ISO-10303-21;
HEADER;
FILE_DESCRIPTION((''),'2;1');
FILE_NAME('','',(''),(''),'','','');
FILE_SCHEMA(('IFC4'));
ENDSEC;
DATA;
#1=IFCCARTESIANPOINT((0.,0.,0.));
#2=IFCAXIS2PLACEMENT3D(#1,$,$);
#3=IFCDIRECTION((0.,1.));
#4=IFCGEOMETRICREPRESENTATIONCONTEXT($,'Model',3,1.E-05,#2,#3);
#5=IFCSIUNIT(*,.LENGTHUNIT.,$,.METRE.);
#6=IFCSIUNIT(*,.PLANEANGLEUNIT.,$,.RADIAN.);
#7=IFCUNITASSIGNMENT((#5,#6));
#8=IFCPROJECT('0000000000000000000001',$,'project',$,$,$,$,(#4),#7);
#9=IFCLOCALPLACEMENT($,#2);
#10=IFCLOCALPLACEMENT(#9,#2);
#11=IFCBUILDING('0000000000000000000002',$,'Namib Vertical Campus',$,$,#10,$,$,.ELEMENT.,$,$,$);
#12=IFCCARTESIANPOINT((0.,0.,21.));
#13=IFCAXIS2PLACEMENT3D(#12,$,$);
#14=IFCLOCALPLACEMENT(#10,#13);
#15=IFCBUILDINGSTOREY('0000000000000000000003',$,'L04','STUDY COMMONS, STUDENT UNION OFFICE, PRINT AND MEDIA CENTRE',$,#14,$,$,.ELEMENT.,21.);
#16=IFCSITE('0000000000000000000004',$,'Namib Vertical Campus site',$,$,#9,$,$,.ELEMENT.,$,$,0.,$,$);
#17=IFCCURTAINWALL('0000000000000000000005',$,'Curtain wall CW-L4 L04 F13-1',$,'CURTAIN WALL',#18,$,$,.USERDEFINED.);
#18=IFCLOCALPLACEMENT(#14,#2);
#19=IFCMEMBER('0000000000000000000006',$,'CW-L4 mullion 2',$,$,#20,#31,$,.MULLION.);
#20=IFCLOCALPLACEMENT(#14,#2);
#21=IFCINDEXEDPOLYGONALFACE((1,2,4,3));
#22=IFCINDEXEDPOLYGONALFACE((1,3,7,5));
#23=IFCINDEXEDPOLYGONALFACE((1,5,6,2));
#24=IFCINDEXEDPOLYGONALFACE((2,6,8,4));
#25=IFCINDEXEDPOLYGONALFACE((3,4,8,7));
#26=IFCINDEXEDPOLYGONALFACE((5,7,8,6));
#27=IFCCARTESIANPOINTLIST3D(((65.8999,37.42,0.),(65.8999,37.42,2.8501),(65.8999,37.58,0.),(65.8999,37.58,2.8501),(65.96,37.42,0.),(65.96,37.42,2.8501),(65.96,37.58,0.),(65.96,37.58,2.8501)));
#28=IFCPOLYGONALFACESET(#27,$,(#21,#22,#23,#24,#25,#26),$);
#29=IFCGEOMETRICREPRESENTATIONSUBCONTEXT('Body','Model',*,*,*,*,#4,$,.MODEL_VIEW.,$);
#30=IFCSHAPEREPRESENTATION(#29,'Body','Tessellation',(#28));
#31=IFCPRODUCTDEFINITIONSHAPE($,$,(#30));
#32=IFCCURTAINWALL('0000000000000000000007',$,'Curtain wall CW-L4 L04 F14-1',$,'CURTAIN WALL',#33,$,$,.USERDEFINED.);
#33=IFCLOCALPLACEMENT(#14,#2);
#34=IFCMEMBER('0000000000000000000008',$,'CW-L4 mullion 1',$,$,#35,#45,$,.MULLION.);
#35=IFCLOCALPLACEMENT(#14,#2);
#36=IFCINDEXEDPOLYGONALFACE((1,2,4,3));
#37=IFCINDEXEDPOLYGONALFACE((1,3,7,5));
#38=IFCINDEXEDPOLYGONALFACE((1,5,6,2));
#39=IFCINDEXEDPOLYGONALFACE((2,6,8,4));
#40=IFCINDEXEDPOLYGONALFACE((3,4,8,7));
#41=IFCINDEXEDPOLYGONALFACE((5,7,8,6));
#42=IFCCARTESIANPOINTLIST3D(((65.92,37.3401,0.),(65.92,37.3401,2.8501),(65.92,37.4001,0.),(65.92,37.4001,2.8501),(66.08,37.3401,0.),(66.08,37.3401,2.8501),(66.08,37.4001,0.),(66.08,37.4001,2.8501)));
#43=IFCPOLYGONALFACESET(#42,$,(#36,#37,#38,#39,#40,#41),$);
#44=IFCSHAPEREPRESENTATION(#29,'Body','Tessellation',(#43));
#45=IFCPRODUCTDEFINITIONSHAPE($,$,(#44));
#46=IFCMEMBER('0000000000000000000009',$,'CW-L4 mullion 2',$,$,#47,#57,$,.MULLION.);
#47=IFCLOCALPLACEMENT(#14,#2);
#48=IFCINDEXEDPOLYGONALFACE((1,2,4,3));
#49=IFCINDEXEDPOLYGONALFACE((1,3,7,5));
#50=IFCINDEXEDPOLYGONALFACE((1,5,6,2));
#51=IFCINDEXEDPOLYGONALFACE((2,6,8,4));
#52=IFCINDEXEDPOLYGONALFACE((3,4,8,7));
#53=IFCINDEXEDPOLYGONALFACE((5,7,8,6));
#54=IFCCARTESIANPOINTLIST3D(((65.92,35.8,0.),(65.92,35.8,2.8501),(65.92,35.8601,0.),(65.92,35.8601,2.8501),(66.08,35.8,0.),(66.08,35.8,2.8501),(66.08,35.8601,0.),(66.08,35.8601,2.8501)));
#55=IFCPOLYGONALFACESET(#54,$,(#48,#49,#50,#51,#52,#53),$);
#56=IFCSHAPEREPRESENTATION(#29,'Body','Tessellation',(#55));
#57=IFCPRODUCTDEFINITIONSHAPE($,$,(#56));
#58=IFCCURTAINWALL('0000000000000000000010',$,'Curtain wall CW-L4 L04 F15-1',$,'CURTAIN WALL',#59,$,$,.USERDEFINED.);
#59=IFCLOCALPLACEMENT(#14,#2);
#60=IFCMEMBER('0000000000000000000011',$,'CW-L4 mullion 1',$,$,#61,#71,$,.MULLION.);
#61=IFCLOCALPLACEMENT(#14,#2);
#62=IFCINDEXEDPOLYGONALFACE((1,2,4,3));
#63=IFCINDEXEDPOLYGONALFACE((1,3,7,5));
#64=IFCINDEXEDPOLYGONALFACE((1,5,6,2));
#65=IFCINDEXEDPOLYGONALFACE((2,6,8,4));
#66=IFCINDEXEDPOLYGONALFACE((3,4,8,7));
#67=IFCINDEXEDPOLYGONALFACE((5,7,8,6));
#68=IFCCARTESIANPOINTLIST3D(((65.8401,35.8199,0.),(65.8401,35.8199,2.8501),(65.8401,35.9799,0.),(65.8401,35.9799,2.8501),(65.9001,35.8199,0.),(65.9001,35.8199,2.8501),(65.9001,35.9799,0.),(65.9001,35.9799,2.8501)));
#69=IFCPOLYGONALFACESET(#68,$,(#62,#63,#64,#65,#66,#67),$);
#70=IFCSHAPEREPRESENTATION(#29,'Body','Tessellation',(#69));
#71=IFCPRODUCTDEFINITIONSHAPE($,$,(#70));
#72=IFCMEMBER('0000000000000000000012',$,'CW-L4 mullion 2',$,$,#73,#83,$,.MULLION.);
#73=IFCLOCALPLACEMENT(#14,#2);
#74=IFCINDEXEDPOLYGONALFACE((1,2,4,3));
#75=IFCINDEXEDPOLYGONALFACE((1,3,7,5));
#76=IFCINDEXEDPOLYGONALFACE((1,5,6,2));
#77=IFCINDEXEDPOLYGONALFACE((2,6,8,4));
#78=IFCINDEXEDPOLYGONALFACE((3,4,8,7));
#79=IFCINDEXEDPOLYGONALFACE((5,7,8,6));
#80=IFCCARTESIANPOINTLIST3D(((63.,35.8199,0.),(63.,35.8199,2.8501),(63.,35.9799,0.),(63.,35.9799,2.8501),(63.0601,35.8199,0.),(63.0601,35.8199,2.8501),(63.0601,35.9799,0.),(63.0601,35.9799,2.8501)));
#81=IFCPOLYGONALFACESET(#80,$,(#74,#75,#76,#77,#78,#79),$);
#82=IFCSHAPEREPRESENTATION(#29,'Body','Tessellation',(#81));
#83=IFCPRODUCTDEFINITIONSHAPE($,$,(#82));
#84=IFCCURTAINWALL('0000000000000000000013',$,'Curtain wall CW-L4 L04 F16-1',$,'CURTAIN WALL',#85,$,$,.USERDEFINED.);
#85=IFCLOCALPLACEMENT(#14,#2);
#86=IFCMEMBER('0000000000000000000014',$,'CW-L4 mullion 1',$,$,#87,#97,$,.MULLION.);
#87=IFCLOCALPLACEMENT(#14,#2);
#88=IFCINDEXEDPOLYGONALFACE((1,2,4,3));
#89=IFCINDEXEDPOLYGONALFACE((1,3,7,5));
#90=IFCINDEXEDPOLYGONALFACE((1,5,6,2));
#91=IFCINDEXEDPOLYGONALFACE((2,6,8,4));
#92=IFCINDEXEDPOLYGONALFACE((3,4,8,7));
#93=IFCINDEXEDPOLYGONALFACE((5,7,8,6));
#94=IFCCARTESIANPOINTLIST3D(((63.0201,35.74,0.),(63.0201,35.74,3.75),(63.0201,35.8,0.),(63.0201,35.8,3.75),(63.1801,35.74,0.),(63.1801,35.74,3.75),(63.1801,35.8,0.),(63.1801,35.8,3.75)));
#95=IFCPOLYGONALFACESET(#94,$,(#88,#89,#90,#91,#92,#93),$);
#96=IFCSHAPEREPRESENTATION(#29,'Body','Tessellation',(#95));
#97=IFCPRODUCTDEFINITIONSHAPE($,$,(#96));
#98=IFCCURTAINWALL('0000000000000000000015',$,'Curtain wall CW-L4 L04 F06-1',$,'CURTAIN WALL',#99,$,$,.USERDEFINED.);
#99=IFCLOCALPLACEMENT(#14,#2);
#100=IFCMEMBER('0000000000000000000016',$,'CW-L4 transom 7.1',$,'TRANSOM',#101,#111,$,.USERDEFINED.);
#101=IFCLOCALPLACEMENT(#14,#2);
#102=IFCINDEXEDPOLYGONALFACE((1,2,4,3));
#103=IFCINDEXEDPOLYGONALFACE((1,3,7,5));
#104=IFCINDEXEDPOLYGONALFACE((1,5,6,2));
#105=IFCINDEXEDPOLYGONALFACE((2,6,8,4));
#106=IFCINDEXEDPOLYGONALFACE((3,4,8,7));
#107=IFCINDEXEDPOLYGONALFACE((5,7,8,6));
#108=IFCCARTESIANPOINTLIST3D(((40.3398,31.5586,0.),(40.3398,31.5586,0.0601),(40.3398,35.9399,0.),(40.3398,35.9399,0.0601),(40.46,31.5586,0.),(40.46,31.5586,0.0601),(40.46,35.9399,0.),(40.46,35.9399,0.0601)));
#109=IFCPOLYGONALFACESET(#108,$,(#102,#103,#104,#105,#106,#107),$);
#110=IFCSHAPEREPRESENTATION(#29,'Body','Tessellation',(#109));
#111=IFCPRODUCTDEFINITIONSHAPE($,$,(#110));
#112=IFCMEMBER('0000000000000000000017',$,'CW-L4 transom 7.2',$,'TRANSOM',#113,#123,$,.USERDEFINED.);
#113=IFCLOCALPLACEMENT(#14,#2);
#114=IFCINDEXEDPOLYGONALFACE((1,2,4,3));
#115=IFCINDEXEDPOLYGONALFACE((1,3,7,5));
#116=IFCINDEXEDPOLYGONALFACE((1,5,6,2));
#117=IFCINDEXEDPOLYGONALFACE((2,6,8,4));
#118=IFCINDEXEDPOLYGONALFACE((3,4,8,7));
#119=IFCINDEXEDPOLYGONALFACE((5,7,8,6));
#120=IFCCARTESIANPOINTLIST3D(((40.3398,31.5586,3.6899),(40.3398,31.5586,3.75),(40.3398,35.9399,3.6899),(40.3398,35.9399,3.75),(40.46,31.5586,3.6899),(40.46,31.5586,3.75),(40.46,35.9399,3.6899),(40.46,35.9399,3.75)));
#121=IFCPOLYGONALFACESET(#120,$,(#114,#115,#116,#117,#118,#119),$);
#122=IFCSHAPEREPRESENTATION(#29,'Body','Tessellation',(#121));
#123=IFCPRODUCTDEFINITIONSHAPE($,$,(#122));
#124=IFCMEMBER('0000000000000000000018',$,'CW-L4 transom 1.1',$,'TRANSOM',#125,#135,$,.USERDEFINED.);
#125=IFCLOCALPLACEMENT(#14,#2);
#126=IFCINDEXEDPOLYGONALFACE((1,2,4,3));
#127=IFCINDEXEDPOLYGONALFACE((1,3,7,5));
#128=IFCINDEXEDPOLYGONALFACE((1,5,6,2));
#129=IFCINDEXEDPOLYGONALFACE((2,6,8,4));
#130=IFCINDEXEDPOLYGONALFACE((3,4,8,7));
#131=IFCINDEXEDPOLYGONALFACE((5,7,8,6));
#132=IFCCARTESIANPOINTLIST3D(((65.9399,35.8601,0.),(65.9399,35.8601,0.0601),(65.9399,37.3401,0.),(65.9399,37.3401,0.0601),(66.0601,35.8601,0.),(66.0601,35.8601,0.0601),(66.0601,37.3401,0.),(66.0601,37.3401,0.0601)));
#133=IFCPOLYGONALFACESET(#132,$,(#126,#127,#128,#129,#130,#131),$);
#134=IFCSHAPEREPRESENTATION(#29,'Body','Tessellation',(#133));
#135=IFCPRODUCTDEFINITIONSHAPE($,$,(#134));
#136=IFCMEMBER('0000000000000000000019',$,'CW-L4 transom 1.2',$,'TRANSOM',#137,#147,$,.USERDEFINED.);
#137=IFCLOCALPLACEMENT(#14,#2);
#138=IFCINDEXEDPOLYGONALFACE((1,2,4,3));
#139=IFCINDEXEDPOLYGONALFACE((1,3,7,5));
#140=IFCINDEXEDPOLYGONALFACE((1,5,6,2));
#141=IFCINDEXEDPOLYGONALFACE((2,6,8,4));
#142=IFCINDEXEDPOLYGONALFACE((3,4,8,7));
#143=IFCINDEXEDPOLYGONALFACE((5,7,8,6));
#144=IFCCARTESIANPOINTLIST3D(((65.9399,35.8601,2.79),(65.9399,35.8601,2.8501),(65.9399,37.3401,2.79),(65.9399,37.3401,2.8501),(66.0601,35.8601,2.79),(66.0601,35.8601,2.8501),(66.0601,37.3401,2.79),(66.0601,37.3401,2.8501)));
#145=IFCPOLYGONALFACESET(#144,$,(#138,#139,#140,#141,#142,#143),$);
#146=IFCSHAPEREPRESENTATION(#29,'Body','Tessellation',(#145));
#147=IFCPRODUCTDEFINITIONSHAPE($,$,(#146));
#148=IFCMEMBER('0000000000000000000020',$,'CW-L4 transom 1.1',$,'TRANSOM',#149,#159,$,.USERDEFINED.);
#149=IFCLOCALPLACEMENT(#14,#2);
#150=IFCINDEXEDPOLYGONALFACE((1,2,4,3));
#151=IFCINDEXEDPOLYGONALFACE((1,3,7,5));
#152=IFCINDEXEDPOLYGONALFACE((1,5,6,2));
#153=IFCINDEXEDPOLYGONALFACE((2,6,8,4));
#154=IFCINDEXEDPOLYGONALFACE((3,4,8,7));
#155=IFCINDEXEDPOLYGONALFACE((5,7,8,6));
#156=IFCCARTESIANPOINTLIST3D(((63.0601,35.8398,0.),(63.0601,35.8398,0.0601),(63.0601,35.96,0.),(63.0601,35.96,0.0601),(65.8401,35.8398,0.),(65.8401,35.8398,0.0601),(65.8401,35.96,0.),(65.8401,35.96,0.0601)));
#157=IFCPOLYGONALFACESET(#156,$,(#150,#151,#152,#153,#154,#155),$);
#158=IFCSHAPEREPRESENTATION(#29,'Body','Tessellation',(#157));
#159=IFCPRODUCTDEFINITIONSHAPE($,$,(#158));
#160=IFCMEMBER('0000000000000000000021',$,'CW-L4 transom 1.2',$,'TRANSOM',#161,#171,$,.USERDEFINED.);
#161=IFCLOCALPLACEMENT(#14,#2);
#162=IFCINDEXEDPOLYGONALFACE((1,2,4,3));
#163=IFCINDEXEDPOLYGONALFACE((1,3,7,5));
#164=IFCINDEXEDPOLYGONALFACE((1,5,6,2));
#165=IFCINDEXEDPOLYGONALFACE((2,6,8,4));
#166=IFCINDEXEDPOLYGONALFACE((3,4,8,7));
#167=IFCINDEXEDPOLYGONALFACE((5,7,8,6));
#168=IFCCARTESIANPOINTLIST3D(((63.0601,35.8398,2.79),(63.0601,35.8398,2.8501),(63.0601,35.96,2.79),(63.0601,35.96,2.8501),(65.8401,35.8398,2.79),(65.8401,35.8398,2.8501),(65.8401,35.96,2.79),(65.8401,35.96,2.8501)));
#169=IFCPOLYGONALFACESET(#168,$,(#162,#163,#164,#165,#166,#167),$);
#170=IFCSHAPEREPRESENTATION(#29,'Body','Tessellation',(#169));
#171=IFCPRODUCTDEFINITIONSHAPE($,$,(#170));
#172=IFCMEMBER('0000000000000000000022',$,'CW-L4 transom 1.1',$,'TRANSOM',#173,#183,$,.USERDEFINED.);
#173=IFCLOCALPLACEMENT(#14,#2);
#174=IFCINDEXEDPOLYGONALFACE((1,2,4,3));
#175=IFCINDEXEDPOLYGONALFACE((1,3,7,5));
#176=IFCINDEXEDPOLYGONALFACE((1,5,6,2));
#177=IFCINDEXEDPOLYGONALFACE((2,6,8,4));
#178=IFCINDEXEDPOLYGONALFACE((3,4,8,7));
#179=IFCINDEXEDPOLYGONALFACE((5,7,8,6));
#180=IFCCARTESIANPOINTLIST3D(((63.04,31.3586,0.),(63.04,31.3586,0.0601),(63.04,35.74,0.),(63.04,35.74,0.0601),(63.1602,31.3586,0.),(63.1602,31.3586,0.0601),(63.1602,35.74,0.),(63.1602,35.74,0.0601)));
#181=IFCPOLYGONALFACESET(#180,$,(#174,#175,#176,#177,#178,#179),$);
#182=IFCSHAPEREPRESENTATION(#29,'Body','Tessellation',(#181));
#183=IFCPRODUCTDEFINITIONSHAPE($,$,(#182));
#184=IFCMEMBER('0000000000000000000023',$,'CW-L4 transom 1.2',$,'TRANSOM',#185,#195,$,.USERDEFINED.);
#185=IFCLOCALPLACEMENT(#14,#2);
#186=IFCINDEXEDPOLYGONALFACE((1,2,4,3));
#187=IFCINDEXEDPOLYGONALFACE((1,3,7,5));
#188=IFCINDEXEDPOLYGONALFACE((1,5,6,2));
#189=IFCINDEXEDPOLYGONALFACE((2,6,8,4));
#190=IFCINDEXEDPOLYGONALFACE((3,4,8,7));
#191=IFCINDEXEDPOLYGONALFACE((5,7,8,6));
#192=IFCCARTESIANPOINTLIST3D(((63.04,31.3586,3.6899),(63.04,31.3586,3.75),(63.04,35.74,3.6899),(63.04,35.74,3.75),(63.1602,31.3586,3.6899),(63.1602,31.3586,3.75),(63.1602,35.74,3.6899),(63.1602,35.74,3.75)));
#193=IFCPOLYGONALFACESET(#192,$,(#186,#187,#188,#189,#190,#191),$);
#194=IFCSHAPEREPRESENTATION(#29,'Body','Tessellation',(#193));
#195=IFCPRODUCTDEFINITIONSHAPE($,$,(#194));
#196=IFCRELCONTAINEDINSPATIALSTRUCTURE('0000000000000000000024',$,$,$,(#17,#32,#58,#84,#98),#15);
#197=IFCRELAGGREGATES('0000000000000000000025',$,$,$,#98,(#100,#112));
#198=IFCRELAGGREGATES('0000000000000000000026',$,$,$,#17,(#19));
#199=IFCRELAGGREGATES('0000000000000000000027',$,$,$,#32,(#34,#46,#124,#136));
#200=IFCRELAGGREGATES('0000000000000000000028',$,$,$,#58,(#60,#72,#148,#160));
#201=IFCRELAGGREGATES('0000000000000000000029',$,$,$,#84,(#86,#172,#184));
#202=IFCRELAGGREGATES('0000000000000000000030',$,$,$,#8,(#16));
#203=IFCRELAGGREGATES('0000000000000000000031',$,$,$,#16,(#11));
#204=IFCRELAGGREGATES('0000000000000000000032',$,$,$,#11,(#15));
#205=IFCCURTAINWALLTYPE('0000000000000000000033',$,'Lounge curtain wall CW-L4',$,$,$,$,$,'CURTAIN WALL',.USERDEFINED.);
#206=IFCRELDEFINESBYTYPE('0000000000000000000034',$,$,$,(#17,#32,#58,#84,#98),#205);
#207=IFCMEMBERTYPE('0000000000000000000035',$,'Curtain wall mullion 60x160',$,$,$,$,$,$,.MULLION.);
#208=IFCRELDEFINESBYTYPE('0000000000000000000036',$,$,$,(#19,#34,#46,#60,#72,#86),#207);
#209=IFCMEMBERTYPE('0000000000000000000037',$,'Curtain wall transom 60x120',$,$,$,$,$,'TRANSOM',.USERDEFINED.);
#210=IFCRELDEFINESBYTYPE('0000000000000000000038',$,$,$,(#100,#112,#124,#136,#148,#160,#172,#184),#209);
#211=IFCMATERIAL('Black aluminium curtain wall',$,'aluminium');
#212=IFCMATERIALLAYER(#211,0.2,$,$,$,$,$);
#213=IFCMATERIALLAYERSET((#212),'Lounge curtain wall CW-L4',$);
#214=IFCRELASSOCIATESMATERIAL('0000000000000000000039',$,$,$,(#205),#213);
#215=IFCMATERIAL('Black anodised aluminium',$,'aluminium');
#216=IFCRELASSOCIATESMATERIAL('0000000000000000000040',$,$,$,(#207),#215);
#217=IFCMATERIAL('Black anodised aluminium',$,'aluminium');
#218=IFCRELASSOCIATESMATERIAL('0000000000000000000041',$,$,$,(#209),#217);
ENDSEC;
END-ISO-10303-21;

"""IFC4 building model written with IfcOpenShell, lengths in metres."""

from ifc_helpers import new_model, si_unit, direction, frame, origin, origin_2d, place, context, subcontext, project, spatial, rectangle, extrude, material, layer, layer_set, material_profile, profile_set, type_object, element, aggregate, save


model = new_model("IFC4")

# Units and contexts
model_context = context("Model", 3, precision=1e-05, world=origin(), true_north=direction((0.0, 1.0)))
body_context = subcontext(model_context, "Body", "Model", "MODEL_VIEW")
ifc_project = project(units=[si_unit("LENGTHUNIT", "METRE"), si_unit("PLANEANGLEUNIT", "RADIAN")], contexts=[model_context])

# Site, building, storey
site_placement = place(None, origin())
site = spatial("IfcSite", under=ifc_project, at=site_placement, Name="Namib Vertical Campus site", CompositionType="ELEMENT", RefElevation=0.0)
building_placement = place(site_placement, origin())
building = spatial("IfcBuilding", under=site, at=building_placement, Name="Namib Vertical Campus", CompositionType="ELEMENT")
storey_placement = place(building_placement, frame((0.0, 0.0, 21.0)))
storey = spatial("IfcBuildingStorey", under=building, at=storey_placement, Name="L04", Description="STUDY COMMONS, STUDENT UNION OFFICE, PRINT AND MEDIA CENTRE", CompositionType="ELEMENT", Elevation=21.0)

# Curtain wall, member
ifc_material_1 = material(Name="Black aluminium curtain wall", Category="aluminium")
ifc_layer_1 = layer(ifc_material_1, 0.2)
ifc_layer_set_1 = layer_set([ifc_layer_1], Name="Lounge curtain wall CW-L4")
curtain_wall_type = type_object("IfcCurtainWallType", Name="Lounge curtain wall CW-L4", ElementType="CURTAIN WALL", PredefinedType="USERDEFINED", material=ifc_layer_set_1)
curtain_wall_1_placement = place(storey_placement, origin())
curtain_wall_1 = element("IfcCurtainWall", 1, at=curtain_wall_1_placement, inside=storey, type_object=curtain_wall_type, Name="Curtain wall CW-L4 L04 F13-1", ObjectType="CURTAIN WALL", PredefinedType="USERDEFINED")
ifc_material_2 = material(Name="Black anodised aluminium", Category="aluminium")
ifc_material_profile_1 = material_profile(ifc_material_2, rectangle(XDim=0.0601, YDim=0.1599, at=origin_2d()))
ifc_profile_set_1 = profile_set([ifc_material_profile_1], Name="Black anodised aluminium")
member_type_1 = type_object("IfcMemberType", Name="Curtain wall mullion 60x160", PredefinedType="MULLION", material=ifc_profile_set_1)
member_1_placement = place(storey_placement, frame((65.9299, 37.5, 0.0), z_axis=(0.0, 0.0, 1.0), x_axis=(-1.0, 0.0, 0.0)))
member_1 = element("IfcMember", 2, at=member_1_placement, type_object=member_type_1, Name="CW-L4 mullion 2", PredefinedType="MULLION", context=body_context, shape_type="SweptSolid", body=[
    extrude(rectangle(XDim=0.0601, YDim=0.1599, at=origin_2d()), origin(), (0.0, 0.0, 1.0), 2.8501),
])

# Curtain walls, members
curtain_wall_2_placement = place(storey_placement, origin())
curtain_wall_2 = element("IfcCurtainWall", 3, at=curtain_wall_2_placement, inside=storey, type_object=curtain_wall_type, Name="Curtain wall CW-L4 L04 F14-1", ObjectType="CURTAIN WALL", PredefinedType="USERDEFINED")
member_2_placement = place(storey_placement, frame((66.0, 37.3701, 0.0), z_axis=(0.0, 0.0, 1.0), x_axis=(0.0, -1.0, 0.0)))
member_2 = element("IfcMember", 4, at=member_2_placement, type_object=member_type_1, Name="CW-L4 mullion 1", PredefinedType="MULLION", context=body_context, shape_type="SweptSolid", body=[
    extrude(rectangle(XDim=0.0601, YDim=0.1599, at=origin_2d()), origin(), (0.0, 0.0, 1.0), 2.8501),
])
member_3_placement = place(storey_placement, frame((66.0, 35.8301, 0.0), z_axis=(0.0, 0.0, 1.0), x_axis=(0.0, -1.0, 0.0)))
member_3 = element("IfcMember", 5, at=member_3_placement, type_object=member_type_1, Name="CW-L4 mullion 2", PredefinedType="MULLION", context=body_context, shape_type="SweptSolid", body=[
    extrude(rectangle(XDim=0.0601, YDim=0.1599, at=origin_2d()), origin(), (0.0, 0.0, 1.0), 2.8501),
])
curtain_wall_3_placement = place(storey_placement, origin())
curtain_wall_3 = element("IfcCurtainWall", 6, at=curtain_wall_3_placement, inside=storey, type_object=curtain_wall_type, Name="Curtain wall CW-L4 L04 F15-1", ObjectType="CURTAIN WALL", PredefinedType="USERDEFINED")
member_4_placement = place(storey_placement, frame((65.8701, 35.8999, 0.0), z_axis=(0.0, 0.0, 1.0), x_axis=(-1.0, 0.0, 0.0)))
member_4 = element("IfcMember", 7, at=member_4_placement, type_object=member_type_1, Name="CW-L4 mullion 1", PredefinedType="MULLION", context=body_context, shape_type="SweptSolid", body=[
    extrude(rectangle(XDim=0.0601, YDim=0.1599, at=origin_2d()), origin(), (0.0, 0.0, 1.0), 2.8501),
])
member_5_placement = place(storey_placement, frame((63.03, 35.8999, 0.0), z_axis=(0.0, 0.0, 1.0), x_axis=(-1.0, 0.0, 0.0)))
member_5 = element("IfcMember", 8, at=member_5_placement, type_object=member_type_1, Name="CW-L4 mullion 2", PredefinedType="MULLION", context=body_context, shape_type="SweptSolid", body=[
    extrude(rectangle(XDim=0.0601, YDim=0.1599, at=origin_2d()), origin(), (0.0, 0.0, 1.0), 2.8501),
])

# Curtain wall, member
curtain_wall_4_placement = place(storey_placement, origin())
curtain_wall_4 = element("IfcCurtainWall", 9, at=curtain_wall_4_placement, inside=storey, type_object=curtain_wall_type, Name="Curtain wall CW-L4 L04 F16-1", ObjectType="CURTAIN WALL", PredefinedType="USERDEFINED")
member_6_placement = place(storey_placement, frame((63.1001, 35.77, 0.0), z_axis=(0.0, 0.0, 1.0), x_axis=(0.0, -1.0, 0.0)))
member_6 = element("IfcMember", 10, at=member_6_placement, type_object=member_type_1, Name="CW-L4 mullion 1", PredefinedType="MULLION", context=body_context, shape_type="SweptSolid", body=[
    extrude(rectangle(XDim=0.0601, YDim=0.1599, at=origin_2d()), origin(), (0.0, 0.0, 1.0), 3.75),
])

# Curtain wall, members
curtain_wall_5_placement = place(storey_placement, origin())
curtain_wall_5 = element("IfcCurtainWall", 11, at=curtain_wall_5_placement, inside=storey, type_object=curtain_wall_type, Name="Curtain wall CW-L4 L04 F06-1", ObjectType="CURTAIN WALL", PredefinedType="USERDEFINED")
ifc_material_3 = material(Name="Black anodised aluminium", Category="aluminium")
ifc_material_profile_2 = material_profile(ifc_material_3, rectangle(XDim=0.0601, YDim=0.1201, at=origin_2d()))
ifc_profile_set_2 = profile_set([ifc_material_profile_2], Name="Black anodised aluminium")
member_type_2 = type_object("IfcMemberType", Name="Curtain wall transom 60x120", ElementType="TRANSOM", PredefinedType="USERDEFINED", material=ifc_profile_set_2)
member_7_placement = place(storey_placement, frame((40.3999, 31.5586, 0.03), z_axis=(0.0, 1.0, 0.0), x_axis=(0.0, 0.0, 1.0)))
member_7 = element("IfcMember", 12, at=member_7_placement, type_object=member_type_2, Name="CW-L4 transom 7.1", ObjectType="TRANSOM", PredefinedType="USERDEFINED", context=body_context, shape_type="SweptSolid", body=[
    extrude(rectangle(XDim=0.0601, YDim=0.1201, at=origin_2d()), origin(), (0.0, 0.0, 1.0), 4.3813),
])
member_8_placement = place(storey_placement, frame((40.3999, 31.5586, 3.72), z_axis=(0.0, 1.0, 0.0), x_axis=(0.0, 0.0, 1.0)))
member_8 = element("IfcMember", 13, at=member_8_placement, type_object=member_type_2, Name="CW-L4 transom 7.2", ObjectType="TRANSOM", PredefinedType="USERDEFINED", context=body_context, shape_type="SweptSolid", body=[
    extrude(rectangle(XDim=0.0601, YDim=0.1201, at=origin_2d()), origin(), (0.0, 0.0, 1.0), 4.3813),
])

# Members
member_9_placement = place(storey_placement, frame((66.0, 37.3401, 0.03), z_axis=(0.0, -1.0, 0.0), x_axis=(0.0, 0.0, 1.0)))
member_9 = element("IfcMember", 14, at=member_9_placement, type_object=member_type_2, Name="CW-L4 transom 1.1", ObjectType="TRANSOM", PredefinedType="USERDEFINED", context=body_context, shape_type="SweptSolid", body=[
    extrude(rectangle(XDim=0.0601, YDim=0.1201, at=origin_2d()), origin(), (0.0, 0.0, 1.0), 1.48),
])
member_10_placement = place(storey_placement, frame((66.0, 37.3401, 2.8201), z_axis=(0.0, -1.0, 0.0), x_axis=(0.0, 0.0, 1.0)))
member_10 = element("IfcMember", 15, at=member_10_placement, type_object=member_type_2, Name="CW-L4 transom 1.2", ObjectType="TRANSOM", PredefinedType="USERDEFINED", context=body_context, shape_type="SweptSolid", body=[
    extrude(rectangle(XDim=0.0601, YDim=0.1201, at=origin_2d()), origin(), (0.0, 0.0, 1.0), 1.48),
])
member_11_placement = place(storey_placement, frame((65.8401, 35.8999, 0.03), z_axis=(-1.0, 0.0, 0.0), x_axis=(0.0, 0.0, 1.0)))
member_11 = element("IfcMember", 16, at=member_11_placement, type_object=member_type_2, Name="CW-L4 transom 1.1", ObjectType="TRANSOM", PredefinedType="USERDEFINED", context=body_context, shape_type="SweptSolid", body=[
    extrude(rectangle(XDim=0.0601, YDim=0.1201, at=origin_2d()), origin(), (0.0, 0.0, 1.0), 2.78),
])
member_12_placement = place(storey_placement, frame((65.8401, 35.8999, 2.8201), z_axis=(-1.0, 0.0, 0.0), x_axis=(0.0, 0.0, 1.0)))
member_12 = element("IfcMember", 17, at=member_12_placement, type_object=member_type_2, Name="CW-L4 transom 1.2", ObjectType="TRANSOM", PredefinedType="USERDEFINED", context=body_context, shape_type="SweptSolid", body=[
    extrude(rectangle(XDim=0.0601, YDim=0.1201, at=origin_2d()), origin(), (0.0, 0.0, 1.0), 2.78),
])
member_13_placement = place(storey_placement, frame((63.1001, 35.74, 0.03), z_axis=(0.0, -1.0, 0.0), x_axis=(0.0, 0.0, 1.0)))
member_13 = element("IfcMember", 18, at=member_13_placement, type_object=member_type_2, Name="CW-L4 transom 1.1", ObjectType="TRANSOM", PredefinedType="USERDEFINED", context=body_context, shape_type="SweptSolid", body=[
    extrude(rectangle(XDim=0.0601, YDim=0.1201, at=origin_2d()), origin(), (0.0, 0.0, 1.0), 4.3813),
])
member_14_placement = place(storey_placement, frame((63.1001, 35.74, 3.72), z_axis=(0.0, -1.0, 0.0), x_axis=(0.0, 0.0, 1.0)))
member_14 = element("IfcMember", 19, at=member_14_placement, type_object=member_type_2, Name="CW-L4 transom 1.2", ObjectType="TRANSOM", PredefinedType="USERDEFINED", context=body_context, shape_type="SweptSolid", body=[
    extrude(rectangle(XDim=0.0601, YDim=0.1201, at=origin_2d()), origin(), (0.0, 0.0, 1.0), 4.3813),
])

aggregate(curtain_wall_5, [member_7, member_8])
aggregate(curtain_wall_1, [member_1])
aggregate(curtain_wall_2, [member_2, member_3, member_9, member_10])
aggregate(curtain_wall_3, [member_4, member_5, member_11, member_12])
aggregate(curtain_wall_4, [member_6, member_13, member_14])

save(model, "model.ifc")
